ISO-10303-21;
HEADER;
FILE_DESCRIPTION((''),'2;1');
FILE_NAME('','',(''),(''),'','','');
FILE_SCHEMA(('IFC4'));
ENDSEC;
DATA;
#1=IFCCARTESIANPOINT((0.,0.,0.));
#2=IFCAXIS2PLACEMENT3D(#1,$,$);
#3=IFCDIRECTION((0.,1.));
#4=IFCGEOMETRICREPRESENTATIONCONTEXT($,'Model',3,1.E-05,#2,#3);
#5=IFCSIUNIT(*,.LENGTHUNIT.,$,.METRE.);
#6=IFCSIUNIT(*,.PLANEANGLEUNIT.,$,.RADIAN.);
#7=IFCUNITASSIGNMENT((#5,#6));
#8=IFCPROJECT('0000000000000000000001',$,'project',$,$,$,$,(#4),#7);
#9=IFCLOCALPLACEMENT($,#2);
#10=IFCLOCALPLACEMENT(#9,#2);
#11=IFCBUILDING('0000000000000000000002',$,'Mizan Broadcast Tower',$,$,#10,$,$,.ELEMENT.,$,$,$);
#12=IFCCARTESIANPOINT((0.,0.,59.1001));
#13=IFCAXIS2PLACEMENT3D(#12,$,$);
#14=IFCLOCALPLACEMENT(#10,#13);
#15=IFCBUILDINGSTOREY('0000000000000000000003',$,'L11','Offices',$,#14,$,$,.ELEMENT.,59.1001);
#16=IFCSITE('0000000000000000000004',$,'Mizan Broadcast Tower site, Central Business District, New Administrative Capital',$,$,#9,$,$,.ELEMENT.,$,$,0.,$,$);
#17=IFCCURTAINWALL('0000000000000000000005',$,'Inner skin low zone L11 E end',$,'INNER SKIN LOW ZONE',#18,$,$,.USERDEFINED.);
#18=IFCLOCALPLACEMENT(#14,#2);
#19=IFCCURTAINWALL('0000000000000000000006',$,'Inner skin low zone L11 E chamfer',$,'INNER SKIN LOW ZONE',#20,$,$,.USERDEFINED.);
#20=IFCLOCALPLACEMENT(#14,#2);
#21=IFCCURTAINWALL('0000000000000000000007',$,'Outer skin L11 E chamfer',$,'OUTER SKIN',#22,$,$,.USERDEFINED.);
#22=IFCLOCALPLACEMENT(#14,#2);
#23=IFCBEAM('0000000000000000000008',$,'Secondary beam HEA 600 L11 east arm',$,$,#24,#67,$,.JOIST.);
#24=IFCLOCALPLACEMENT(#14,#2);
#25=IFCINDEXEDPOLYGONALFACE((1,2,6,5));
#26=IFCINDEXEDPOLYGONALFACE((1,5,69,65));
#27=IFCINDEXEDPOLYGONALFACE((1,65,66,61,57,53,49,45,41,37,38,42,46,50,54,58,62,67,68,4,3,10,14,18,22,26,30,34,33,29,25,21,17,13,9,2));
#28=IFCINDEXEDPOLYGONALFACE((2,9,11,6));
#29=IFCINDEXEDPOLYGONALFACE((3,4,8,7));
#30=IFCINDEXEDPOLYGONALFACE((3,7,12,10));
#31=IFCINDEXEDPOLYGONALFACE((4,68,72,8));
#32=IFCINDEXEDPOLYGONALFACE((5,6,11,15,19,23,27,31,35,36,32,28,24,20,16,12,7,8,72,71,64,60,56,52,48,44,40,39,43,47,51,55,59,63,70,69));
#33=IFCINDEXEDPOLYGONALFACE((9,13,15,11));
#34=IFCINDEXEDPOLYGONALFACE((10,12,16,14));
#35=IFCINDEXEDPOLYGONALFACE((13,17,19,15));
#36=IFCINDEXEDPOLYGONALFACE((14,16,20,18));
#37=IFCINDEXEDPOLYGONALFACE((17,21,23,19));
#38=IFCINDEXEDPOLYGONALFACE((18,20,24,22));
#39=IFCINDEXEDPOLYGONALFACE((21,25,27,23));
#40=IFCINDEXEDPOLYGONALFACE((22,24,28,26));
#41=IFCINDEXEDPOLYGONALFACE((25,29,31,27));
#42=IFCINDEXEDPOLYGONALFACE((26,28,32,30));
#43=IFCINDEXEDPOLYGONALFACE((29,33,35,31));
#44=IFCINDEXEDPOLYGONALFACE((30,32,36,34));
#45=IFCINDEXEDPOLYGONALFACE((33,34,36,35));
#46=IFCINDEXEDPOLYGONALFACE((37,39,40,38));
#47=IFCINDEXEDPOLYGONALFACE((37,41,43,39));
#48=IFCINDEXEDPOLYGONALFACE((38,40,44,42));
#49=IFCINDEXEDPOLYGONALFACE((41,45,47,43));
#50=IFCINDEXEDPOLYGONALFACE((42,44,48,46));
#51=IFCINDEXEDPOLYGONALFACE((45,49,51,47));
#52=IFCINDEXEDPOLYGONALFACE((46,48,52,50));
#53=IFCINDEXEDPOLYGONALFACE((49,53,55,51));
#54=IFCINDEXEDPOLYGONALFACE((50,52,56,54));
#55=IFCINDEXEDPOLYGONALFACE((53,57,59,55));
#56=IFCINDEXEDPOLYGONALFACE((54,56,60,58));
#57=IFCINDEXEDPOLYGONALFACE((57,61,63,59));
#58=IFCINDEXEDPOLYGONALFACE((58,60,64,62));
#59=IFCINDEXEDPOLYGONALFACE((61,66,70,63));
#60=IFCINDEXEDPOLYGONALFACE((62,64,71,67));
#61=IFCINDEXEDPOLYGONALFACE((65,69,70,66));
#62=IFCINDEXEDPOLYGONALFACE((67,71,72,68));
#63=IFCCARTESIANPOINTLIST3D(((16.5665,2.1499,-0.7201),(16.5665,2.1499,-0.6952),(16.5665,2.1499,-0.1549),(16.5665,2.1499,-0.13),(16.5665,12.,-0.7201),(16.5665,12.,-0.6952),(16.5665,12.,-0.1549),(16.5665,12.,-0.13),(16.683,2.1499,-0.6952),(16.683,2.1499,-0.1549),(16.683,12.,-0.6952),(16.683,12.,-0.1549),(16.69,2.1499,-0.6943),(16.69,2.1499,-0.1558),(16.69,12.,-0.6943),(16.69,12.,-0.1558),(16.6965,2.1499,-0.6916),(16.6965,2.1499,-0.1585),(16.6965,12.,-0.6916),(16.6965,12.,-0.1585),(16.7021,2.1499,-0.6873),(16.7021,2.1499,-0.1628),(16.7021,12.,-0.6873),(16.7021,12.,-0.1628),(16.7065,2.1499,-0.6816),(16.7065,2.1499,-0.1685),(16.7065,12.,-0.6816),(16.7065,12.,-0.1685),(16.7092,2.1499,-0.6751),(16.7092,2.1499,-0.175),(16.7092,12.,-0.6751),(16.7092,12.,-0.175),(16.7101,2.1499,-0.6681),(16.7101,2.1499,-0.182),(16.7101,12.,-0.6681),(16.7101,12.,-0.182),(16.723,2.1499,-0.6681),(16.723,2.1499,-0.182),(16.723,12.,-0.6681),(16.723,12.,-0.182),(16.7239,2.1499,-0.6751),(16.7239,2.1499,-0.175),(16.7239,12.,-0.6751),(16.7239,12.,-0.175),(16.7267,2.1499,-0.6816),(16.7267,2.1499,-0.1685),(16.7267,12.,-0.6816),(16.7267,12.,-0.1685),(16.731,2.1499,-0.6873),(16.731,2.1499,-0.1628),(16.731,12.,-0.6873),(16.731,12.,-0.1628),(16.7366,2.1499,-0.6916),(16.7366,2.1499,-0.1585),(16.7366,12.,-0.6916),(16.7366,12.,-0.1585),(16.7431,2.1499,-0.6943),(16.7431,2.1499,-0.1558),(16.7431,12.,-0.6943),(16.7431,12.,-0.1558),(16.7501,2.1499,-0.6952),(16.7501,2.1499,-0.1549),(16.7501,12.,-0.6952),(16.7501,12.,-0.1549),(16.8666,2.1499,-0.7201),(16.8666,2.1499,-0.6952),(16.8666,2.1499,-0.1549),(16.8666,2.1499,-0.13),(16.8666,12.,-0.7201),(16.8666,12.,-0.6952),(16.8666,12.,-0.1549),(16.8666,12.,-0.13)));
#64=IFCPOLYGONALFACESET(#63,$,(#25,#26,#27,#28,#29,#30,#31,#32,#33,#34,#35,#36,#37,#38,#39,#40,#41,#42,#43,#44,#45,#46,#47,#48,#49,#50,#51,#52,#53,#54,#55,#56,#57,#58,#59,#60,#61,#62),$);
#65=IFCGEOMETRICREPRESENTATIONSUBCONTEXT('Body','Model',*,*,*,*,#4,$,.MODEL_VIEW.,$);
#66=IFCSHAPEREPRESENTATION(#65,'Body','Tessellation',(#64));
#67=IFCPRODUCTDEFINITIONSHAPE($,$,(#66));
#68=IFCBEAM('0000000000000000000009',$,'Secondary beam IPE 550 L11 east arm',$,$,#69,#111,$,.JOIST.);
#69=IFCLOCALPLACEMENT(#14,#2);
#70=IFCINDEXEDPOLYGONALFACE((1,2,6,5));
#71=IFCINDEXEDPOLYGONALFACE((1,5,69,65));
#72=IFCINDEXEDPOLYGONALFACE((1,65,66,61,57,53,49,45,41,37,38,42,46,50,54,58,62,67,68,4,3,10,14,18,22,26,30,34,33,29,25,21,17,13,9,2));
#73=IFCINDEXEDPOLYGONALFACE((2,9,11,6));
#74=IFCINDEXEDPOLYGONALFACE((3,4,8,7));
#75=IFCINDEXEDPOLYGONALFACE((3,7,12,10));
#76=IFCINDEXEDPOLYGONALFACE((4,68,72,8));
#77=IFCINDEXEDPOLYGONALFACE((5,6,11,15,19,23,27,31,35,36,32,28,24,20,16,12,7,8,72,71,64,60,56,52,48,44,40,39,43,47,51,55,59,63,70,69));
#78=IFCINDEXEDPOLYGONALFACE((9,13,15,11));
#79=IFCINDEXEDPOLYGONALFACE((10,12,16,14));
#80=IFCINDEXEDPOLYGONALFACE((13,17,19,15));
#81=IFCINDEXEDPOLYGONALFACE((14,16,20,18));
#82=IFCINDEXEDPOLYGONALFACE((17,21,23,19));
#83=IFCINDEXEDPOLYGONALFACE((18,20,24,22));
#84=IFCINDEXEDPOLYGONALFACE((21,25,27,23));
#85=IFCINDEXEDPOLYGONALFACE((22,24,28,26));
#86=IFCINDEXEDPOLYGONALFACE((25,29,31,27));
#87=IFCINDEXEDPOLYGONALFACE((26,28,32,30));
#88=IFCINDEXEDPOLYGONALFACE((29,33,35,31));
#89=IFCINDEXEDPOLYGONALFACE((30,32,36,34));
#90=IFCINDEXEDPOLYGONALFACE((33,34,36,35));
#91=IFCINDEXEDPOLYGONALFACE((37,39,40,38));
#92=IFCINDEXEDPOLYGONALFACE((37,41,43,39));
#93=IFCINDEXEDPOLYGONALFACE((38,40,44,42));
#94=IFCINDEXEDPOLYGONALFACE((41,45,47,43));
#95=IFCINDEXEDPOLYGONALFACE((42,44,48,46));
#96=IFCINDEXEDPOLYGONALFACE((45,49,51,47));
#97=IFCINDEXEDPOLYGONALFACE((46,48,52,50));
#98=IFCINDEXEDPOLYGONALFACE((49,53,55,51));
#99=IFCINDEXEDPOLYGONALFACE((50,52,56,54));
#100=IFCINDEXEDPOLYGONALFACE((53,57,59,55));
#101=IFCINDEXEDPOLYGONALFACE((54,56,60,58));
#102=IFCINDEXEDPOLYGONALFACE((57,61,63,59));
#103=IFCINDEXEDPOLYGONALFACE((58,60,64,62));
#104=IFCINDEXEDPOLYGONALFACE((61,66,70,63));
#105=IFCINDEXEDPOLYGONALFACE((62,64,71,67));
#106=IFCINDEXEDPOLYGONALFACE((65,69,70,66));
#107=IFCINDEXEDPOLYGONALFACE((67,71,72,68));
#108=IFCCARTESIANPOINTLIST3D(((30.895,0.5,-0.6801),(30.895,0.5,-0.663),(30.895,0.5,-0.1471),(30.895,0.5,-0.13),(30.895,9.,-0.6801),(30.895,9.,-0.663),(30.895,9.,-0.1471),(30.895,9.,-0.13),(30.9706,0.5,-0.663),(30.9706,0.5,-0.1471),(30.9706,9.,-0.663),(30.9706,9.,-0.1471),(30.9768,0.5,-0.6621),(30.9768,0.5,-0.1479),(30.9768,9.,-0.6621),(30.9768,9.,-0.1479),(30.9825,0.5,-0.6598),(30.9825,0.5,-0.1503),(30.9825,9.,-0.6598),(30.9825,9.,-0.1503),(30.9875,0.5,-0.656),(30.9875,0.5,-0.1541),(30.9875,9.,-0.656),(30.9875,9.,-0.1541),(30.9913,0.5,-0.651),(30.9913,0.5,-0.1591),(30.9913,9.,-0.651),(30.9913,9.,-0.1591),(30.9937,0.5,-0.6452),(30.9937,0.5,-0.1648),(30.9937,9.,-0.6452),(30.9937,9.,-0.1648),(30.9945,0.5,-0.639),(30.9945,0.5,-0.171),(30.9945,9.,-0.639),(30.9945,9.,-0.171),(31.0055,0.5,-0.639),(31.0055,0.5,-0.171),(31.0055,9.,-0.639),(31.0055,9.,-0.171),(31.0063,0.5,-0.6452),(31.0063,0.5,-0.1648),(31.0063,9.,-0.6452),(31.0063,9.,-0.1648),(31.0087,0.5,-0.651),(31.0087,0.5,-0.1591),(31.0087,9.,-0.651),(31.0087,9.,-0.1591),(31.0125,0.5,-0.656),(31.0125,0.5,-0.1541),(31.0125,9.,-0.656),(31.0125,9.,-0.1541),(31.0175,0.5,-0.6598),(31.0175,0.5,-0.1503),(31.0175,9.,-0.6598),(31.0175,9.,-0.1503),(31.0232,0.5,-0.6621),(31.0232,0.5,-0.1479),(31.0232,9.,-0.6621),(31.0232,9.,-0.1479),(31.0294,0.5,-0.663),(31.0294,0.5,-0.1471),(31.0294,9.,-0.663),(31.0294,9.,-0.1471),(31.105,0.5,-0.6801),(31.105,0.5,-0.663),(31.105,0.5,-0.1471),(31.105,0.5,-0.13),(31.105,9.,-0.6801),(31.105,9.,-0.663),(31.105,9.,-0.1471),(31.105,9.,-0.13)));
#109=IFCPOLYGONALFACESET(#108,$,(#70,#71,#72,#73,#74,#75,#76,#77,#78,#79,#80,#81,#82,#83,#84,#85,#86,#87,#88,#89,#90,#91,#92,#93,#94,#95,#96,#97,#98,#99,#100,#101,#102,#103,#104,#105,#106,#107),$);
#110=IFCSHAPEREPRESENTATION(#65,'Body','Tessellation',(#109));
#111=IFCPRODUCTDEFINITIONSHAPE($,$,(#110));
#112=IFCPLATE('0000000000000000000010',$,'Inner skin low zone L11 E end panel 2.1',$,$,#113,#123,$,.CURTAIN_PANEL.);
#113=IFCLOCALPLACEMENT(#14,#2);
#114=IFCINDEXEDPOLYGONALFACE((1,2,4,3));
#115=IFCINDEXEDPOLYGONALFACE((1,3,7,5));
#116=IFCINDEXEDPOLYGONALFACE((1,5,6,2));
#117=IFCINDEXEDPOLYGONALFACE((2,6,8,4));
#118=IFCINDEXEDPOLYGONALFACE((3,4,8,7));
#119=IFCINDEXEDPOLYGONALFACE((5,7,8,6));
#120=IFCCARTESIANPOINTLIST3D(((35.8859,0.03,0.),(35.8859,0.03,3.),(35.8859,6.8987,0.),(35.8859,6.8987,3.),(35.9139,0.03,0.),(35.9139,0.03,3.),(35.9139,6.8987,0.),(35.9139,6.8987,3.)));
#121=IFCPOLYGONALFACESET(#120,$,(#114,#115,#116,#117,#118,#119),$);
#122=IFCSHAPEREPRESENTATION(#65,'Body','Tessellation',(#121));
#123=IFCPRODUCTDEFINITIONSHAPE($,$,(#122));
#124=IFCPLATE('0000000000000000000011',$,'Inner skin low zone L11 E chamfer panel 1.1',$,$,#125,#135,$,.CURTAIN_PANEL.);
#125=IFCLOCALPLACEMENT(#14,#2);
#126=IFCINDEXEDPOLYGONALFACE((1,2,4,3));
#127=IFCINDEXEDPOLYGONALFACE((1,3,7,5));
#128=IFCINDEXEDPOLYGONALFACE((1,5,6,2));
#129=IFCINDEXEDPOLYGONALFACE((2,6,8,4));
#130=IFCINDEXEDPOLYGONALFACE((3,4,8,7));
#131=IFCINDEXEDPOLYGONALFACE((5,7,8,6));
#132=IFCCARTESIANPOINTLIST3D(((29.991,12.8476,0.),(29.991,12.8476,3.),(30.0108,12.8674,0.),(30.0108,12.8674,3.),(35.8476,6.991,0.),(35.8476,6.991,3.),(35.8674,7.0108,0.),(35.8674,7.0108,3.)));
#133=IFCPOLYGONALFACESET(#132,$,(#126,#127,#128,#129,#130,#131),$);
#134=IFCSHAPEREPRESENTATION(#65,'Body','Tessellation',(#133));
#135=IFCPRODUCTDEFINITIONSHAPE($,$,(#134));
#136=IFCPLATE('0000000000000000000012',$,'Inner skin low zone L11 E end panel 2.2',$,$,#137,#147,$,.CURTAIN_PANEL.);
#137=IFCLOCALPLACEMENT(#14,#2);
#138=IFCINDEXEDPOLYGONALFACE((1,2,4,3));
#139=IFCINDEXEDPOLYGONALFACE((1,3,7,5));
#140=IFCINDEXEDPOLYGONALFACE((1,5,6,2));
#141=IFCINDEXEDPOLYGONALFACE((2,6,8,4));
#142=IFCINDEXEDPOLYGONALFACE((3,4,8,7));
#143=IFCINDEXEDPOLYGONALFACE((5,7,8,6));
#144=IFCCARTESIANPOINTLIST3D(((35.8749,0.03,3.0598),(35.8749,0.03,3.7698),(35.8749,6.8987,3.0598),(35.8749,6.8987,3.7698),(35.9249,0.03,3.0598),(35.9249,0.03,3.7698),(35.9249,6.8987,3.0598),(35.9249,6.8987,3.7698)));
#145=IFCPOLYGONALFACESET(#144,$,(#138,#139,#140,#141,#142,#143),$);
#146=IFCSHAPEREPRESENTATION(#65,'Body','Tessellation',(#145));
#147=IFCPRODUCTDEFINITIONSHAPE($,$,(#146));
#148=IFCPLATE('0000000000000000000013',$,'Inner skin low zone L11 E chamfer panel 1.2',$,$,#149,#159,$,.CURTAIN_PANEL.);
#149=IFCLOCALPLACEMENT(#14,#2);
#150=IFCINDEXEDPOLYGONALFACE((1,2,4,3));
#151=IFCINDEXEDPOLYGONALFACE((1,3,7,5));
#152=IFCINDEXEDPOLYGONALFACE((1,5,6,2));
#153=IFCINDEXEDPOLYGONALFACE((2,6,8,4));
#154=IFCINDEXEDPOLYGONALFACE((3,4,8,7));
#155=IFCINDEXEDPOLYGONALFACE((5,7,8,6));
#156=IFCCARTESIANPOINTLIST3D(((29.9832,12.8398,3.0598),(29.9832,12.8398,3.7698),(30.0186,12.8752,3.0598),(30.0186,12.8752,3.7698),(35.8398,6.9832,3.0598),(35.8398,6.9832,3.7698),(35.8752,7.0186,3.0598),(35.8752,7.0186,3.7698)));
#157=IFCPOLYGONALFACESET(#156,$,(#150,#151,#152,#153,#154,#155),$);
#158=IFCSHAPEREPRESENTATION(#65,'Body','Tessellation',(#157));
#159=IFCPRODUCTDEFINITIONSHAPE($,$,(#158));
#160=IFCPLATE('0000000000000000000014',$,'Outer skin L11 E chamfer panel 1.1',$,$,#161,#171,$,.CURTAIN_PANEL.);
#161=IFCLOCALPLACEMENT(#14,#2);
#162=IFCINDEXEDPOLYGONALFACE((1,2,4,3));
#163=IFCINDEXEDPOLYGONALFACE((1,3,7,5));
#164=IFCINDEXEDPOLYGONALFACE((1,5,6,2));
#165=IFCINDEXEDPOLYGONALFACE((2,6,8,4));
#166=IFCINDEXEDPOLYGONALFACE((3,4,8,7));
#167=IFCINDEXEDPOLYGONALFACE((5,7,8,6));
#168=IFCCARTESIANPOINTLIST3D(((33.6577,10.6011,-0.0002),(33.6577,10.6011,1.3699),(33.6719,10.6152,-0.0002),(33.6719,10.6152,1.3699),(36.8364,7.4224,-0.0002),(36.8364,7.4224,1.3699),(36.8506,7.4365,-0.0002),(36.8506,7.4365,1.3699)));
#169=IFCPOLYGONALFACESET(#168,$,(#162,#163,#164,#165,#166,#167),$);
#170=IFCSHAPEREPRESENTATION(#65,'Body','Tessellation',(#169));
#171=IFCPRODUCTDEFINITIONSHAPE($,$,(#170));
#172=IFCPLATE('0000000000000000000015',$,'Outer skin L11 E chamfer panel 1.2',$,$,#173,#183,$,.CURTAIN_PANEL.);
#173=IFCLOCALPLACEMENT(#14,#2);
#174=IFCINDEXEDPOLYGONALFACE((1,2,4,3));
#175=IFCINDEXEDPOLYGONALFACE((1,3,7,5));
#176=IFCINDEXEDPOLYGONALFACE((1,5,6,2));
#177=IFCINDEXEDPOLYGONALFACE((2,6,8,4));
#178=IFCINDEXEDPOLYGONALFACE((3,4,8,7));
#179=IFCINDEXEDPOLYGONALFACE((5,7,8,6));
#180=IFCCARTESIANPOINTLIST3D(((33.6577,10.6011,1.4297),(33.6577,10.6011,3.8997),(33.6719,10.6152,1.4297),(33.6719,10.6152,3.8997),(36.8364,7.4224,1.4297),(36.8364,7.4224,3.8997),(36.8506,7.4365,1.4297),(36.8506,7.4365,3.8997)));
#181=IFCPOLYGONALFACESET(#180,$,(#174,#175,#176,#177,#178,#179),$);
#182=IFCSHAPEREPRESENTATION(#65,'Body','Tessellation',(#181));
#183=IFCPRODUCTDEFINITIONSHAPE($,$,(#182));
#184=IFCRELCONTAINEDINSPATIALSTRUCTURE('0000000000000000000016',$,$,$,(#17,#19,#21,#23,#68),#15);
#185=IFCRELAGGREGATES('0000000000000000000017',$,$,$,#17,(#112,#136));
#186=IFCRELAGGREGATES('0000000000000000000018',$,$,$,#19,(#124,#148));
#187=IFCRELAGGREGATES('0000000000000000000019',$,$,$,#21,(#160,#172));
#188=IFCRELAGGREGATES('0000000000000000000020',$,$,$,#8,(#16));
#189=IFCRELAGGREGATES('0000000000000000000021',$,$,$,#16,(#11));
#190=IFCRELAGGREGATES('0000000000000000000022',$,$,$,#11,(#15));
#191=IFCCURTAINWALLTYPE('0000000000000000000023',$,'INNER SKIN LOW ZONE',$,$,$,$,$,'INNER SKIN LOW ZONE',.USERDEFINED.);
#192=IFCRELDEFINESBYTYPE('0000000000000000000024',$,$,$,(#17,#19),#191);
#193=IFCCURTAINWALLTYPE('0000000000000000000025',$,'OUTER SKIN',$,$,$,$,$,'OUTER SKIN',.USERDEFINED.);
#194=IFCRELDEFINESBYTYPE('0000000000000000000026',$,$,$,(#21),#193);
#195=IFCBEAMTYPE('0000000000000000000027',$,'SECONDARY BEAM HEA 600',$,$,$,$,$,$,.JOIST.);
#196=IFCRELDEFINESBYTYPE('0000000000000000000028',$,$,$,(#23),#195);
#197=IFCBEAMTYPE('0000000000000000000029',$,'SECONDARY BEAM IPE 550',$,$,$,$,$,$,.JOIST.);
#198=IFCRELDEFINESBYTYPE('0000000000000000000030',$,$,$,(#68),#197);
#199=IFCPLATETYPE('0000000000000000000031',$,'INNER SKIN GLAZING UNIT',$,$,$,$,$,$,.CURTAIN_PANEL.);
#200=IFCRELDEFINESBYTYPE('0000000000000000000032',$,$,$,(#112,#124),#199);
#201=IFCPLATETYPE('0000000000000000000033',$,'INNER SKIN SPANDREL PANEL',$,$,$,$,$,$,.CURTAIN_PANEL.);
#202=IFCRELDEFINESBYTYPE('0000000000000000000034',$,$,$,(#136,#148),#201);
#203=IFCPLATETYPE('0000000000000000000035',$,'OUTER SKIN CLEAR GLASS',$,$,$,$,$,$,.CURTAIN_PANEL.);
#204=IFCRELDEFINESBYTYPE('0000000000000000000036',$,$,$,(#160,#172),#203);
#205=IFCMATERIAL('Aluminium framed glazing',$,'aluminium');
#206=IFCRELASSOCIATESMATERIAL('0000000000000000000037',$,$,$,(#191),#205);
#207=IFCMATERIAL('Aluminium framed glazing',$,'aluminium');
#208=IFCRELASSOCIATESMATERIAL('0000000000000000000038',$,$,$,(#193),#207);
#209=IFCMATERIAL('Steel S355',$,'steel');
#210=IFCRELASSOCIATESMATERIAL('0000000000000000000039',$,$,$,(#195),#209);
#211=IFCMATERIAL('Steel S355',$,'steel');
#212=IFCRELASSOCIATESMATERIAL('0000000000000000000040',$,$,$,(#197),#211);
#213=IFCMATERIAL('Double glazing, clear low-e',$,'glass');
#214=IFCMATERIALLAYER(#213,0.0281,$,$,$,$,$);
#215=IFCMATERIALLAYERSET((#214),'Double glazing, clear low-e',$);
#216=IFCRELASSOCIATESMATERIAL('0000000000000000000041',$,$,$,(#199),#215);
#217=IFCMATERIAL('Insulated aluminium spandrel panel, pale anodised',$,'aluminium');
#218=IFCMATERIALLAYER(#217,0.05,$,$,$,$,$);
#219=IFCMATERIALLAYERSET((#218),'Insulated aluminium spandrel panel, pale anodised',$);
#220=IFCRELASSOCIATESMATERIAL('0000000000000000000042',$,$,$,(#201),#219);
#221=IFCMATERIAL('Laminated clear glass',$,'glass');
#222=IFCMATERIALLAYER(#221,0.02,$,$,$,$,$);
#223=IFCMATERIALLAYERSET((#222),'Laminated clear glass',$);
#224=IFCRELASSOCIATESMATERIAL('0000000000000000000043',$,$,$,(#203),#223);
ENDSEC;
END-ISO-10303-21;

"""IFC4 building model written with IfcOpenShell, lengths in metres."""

from ifc_helpers import new_model, si_unit, direction, frame, origin, origin_2d, place, context, subcontext, project, spatial, rectangle, i_section, extrude, material, layer, layer_set, material_profile, profile_set, type_object, element, aggregate, save


model = new_model("IFC4")

# Units and contexts
model_context = context("Model", 3, precision=1e-05, world=origin(), true_north=direction((0.0, 1.0)))
body_context = subcontext(model_context, "Body", "Model", "MODEL_VIEW")
ifc_project = project(units=[si_unit("LENGTHUNIT", "METRE"), si_unit("PLANEANGLEUNIT", "RADIAN")], contexts=[model_context])

# Site, building, storey
site_placement = place(None, origin())
site = spatial("IfcSite", under=ifc_project, at=site_placement, Name="Mizan Broadcast Tower site, Central Business District, New Administrative Capital", CompositionType="ELEMENT", RefElevation=0.0)
building_placement = place(site_placement, origin())
building = spatial("IfcBuilding", under=site, at=building_placement, Name="Mizan Broadcast Tower", CompositionType="ELEMENT")
storey_placement = place(building_placement, frame((0.0, 0.0, 59.1001)))
storey = spatial("IfcBuildingStorey", under=building, at=storey_placement, Name="L11", Description="Offices", CompositionType="ELEMENT", Elevation=59.1001)

# Curtain wall
ifc_material_1 = material(Name="Aluminium framed glazing", Category="aluminium")
curtain_wall_type_1 = type_object("IfcCurtainWallType", Name="INNER SKIN LOW ZONE", ElementType="INNER SKIN LOW ZONE", PredefinedType="USERDEFINED", material=ifc_material_1)
curtain_wall_1_placement = place(storey_placement, origin())
curtain_wall_1 = element("IfcCurtainWall", 1, at=curtain_wall_1_placement, inside=storey, type_object=curtain_wall_type_1, Name="Inner skin low zone L11 E end", ObjectType="INNER SKIN LOW ZONE", PredefinedType="USERDEFINED")

# Curtain wall
curtain_wall_2_placement = place(storey_placement, origin())
curtain_wall_2 = element("IfcCurtainWall", 2, at=curtain_wall_2_placement, inside=storey, type_object=curtain_wall_type_1, Name="Inner skin low zone L11 E chamfer", ObjectType="INNER SKIN LOW ZONE", PredefinedType="USERDEFINED")

# Shared definitions
ifc_material_2 = material(Name="Aluminium framed glazing", Category="aluminium")
curtain_wall_type_2 = type_object("IfcCurtainWallType", Name="OUTER SKIN", ElementType="OUTER SKIN", PredefinedType="USERDEFINED", material=ifc_material_2)

# Curtain wall
curtain_wall_3_placement = place(storey_placement, origin())
curtain_wall_3 = element("IfcCurtainWall", 3, at=curtain_wall_3_placement, inside=storey, type_object=curtain_wall_type_2, Name="Outer skin L11 E chamfer", ObjectType="OUTER SKIN", PredefinedType="USERDEFINED")

# Beams
ifc_material_3 = material(Name="Steel S355", Category="steel")
ifc_material_profile_1 = material_profile(ifc_material_3, i_section(OverallWidth=0.3, OverallDepth=0.5901, WebThickness=0.0129, FlangeThickness=0.0249, FilletRadius=0.0271, at=origin_2d()), Name="HEA 600")
ifc_profile_set_1 = profile_set([ifc_material_profile_1], Name="Steel S355")
beam_type_1 = type_object("IfcBeamType", Name="SECONDARY BEAM HEA 600", PredefinedType="JOIST", material=ifc_profile_set_1)
for number, where, z_axis, x_axis, name in (
    (4, (16.7166, 12.0, -0.425), (0.0, -1.0, 0.0), (1.0, 0.0, 0.0), "Secondary beam HEA 600 L11 east arm"),
):
    element("IfcBeam", number, at=place(storey_placement, frame(where, z_axis=z_axis, x_axis=x_axis)), inside=storey, type_object=beam_type_1, Name=name, PredefinedType="JOIST", context=body_context, shape_type="SweptSolid", body=[
        extrude(i_section(OverallWidth=0.3, OverallDepth=0.5901, WebThickness=0.0129, FlangeThickness=0.0249, FilletRadius=0.0271, at=origin_2d()), origin(), (0.0, 0.0, 1.0), 9.8501),
    ])
ifc_material_4 = material(Name="Steel S355", Category="steel")
ifc_material_profile_2 = material_profile(ifc_material_4, i_section(OverallWidth=0.21, OverallDepth=0.55, WebThickness=0.011, FlangeThickness=0.0171, FilletRadius=0.0239, at=origin_2d()), Name="IPE 550")
ifc_profile_set_2 = profile_set([ifc_material_profile_2], Name="Steel S355")
beam_type_2 = type_object("IfcBeamType", Name="SECONDARY BEAM IPE 550", PredefinedType="JOIST", material=ifc_profile_set_2)
beam_1_placement = place(storey_placement, frame((31.0, 9.0, -0.405), z_axis=(0.0, -1.0, 0.0), x_axis=(1.0, 0.0, 0.0)))
element("IfcBeam", 5, at=beam_1_placement, inside=storey, type_object=beam_type_2, Name="Secondary beam IPE 550 L11 east arm", PredefinedType="JOIST", context=body_context, shape_type="SweptSolid", body=[
    extrude(i_section(OverallWidth=0.21, OverallDepth=0.55, WebThickness=0.011, FlangeThickness=0.0171, FilletRadius=0.0239, at=origin_2d()), origin(), (0.0, 0.0, 1.0), 8.5),
])

# Plates
ifc_material_5 = material(Name="Double glazing, clear low-e", Category="glass")
ifc_layer_1 = layer(ifc_material_5, 0.0281)
ifc_layer_set_1 = layer_set([ifc_layer_1], Name="Double glazing, clear low-e")
plate_type_1 = type_object("IfcPlateType", Name="INNER SKIN GLAZING UNIT", PredefinedType="CURTAIN_PANEL", material=ifc_layer_set_1)
plate_1_placement = place(storey_placement, frame((35.8999, 3.4644, 0.0), z_axis=(0.0, 0.0, 1.0), x_axis=(0.0, 1.0, 0.0)))
plate_1 = element("IfcPlate", 6, at=plate_1_placement, type_object=plate_type_1, Name="Inner skin low zone L11 E end panel 2.1", PredefinedType="CURTAIN_PANEL", context=body_context, shape_type="SweptSolid", body=[
    extrude(rectangle(XDim=6.8687, YDim=0.0281, at=origin_2d()), origin(), (0.0, 0.0, 1.0), 3.0),
])
plate_2_placement = place(storey_placement, frame((32.9292, 9.9292, 0.0), z_axis=(0.0, 0.0, 1.0), x_axis=(-0.707107, 0.707107, 0.0)))
plate_2 = element("IfcPlate", 7, at=plate_2_placement, type_object=plate_type_1, Name="Inner skin low zone L11 E chamfer panel 1.1", PredefinedType="CURTAIN_PANEL", context=body_context, shape_type="SweptSolid", body=[
    extrude(rectangle(XDim=8.2825, YDim=0.0281, at=origin_2d()), origin(), (0.0, 0.0, 1.0), 3.0),
])
ifc_material_6 = material(Name="Insulated aluminium spandrel panel, pale anodised", Category="aluminium")
ifc_layer_2 = layer(ifc_material_6, 0.05)
ifc_layer_set_2 = layer_set([ifc_layer_2], Name="Insulated aluminium spandrel panel, pale anodised")
plate_type_2 = type_object("IfcPlateType", Name="INNER SKIN SPANDREL PANEL", PredefinedType="CURTAIN_PANEL", material=ifc_layer_set_2)
plate_3_placement = place(storey_placement, frame((35.8999, 3.4644, 3.0598), z_axis=(0.0, 0.0, 1.0), x_axis=(0.0, 1.0, 0.0)))
plate_3 = element("IfcPlate", 8, at=plate_3_placement, type_object=plate_type_2, Name="Inner skin low zone L11 E end panel 2.2", PredefinedType="CURTAIN_PANEL", context=body_context, shape_type="SweptSolid", body=[
    extrude(rectangle(XDim=6.8687, YDim=0.05, at=origin_2d()), origin(), (0.0, 0.0, 1.0), 0.71),
])
aggregate(curtain_wall_1, [plate_1, plate_3])
plate_4_placement = place(storey_placement, frame((32.9292, 9.9292, 3.0598), z_axis=(0.0, 0.0, 1.0), x_axis=(-0.707107, 0.707107, 0.0)))
plate_4 = element("IfcPlate", 9, at=plate_4_placement, type_object=plate_type_2, Name="Inner skin low zone L11 E chamfer panel 1.2", PredefinedType="CURTAIN_PANEL", context=body_context, shape_type="SweptSolid", body=[
    extrude(rectangle(XDim=8.2825, YDim=0.05, at=origin_2d()), origin(), (0.0, 0.0, 1.0), 0.71),
])
aggregate(curtain_wall_2, [plate_2, plate_4])
ifc_material_7 = material(Name="Laminated clear glass", Category="glass")
ifc_layer_3 = layer(ifc_material_7, 0.02)
ifc_layer_set_3 = layer_set([ifc_layer_3], Name="Laminated clear glass")
plate_type_3 = type_object("IfcPlateType", Name="OUTER SKIN CLEAR GLASS", PredefinedType="CURTAIN_PANEL", material=ifc_layer_set_3)
plate_5_placement = place(storey_placement, frame((35.2542, 9.0188, -0.0002), z_axis=(0.0, 0.0, 1.0), x_axis=(-0.707107, 0.707107, 0.0)))
plate_5 = element("IfcPlate", 10, at=plate_5_placement, type_object=plate_type_3, Name="Outer skin L11 E chamfer panel 1.1", PredefinedType="CURTAIN_PANEL", context=body_context, shape_type="SweptSolid", body=[
    extrude(rectangle(XDim=4.4954, YDim=0.02, at=origin_2d()), origin(), (0.0, 0.0, 1.0), 1.3701),
])
plate_6_placement = place(storey_placement, frame((35.2542, 9.0188, 1.4297), z_axis=(0.0, 0.0, 1.0), x_axis=(-0.707107, 0.707107, 0.0)))
plate_6 = element("IfcPlate", 11, at=plate_6_placement, type_object=plate_type_3, Name="Outer skin L11 E chamfer panel 1.2", PredefinedType="CURTAIN_PANEL", context=body_context, shape_type="SweptSolid", body=[
    extrude(rectangle(XDim=4.4954, YDim=0.02, at=origin_2d()), origin(), (0.0, 0.0, 1.0), 2.47),
])
aggregate(curtain_wall_3, [plate_5, plate_6])

save(model, "model.ifc")
